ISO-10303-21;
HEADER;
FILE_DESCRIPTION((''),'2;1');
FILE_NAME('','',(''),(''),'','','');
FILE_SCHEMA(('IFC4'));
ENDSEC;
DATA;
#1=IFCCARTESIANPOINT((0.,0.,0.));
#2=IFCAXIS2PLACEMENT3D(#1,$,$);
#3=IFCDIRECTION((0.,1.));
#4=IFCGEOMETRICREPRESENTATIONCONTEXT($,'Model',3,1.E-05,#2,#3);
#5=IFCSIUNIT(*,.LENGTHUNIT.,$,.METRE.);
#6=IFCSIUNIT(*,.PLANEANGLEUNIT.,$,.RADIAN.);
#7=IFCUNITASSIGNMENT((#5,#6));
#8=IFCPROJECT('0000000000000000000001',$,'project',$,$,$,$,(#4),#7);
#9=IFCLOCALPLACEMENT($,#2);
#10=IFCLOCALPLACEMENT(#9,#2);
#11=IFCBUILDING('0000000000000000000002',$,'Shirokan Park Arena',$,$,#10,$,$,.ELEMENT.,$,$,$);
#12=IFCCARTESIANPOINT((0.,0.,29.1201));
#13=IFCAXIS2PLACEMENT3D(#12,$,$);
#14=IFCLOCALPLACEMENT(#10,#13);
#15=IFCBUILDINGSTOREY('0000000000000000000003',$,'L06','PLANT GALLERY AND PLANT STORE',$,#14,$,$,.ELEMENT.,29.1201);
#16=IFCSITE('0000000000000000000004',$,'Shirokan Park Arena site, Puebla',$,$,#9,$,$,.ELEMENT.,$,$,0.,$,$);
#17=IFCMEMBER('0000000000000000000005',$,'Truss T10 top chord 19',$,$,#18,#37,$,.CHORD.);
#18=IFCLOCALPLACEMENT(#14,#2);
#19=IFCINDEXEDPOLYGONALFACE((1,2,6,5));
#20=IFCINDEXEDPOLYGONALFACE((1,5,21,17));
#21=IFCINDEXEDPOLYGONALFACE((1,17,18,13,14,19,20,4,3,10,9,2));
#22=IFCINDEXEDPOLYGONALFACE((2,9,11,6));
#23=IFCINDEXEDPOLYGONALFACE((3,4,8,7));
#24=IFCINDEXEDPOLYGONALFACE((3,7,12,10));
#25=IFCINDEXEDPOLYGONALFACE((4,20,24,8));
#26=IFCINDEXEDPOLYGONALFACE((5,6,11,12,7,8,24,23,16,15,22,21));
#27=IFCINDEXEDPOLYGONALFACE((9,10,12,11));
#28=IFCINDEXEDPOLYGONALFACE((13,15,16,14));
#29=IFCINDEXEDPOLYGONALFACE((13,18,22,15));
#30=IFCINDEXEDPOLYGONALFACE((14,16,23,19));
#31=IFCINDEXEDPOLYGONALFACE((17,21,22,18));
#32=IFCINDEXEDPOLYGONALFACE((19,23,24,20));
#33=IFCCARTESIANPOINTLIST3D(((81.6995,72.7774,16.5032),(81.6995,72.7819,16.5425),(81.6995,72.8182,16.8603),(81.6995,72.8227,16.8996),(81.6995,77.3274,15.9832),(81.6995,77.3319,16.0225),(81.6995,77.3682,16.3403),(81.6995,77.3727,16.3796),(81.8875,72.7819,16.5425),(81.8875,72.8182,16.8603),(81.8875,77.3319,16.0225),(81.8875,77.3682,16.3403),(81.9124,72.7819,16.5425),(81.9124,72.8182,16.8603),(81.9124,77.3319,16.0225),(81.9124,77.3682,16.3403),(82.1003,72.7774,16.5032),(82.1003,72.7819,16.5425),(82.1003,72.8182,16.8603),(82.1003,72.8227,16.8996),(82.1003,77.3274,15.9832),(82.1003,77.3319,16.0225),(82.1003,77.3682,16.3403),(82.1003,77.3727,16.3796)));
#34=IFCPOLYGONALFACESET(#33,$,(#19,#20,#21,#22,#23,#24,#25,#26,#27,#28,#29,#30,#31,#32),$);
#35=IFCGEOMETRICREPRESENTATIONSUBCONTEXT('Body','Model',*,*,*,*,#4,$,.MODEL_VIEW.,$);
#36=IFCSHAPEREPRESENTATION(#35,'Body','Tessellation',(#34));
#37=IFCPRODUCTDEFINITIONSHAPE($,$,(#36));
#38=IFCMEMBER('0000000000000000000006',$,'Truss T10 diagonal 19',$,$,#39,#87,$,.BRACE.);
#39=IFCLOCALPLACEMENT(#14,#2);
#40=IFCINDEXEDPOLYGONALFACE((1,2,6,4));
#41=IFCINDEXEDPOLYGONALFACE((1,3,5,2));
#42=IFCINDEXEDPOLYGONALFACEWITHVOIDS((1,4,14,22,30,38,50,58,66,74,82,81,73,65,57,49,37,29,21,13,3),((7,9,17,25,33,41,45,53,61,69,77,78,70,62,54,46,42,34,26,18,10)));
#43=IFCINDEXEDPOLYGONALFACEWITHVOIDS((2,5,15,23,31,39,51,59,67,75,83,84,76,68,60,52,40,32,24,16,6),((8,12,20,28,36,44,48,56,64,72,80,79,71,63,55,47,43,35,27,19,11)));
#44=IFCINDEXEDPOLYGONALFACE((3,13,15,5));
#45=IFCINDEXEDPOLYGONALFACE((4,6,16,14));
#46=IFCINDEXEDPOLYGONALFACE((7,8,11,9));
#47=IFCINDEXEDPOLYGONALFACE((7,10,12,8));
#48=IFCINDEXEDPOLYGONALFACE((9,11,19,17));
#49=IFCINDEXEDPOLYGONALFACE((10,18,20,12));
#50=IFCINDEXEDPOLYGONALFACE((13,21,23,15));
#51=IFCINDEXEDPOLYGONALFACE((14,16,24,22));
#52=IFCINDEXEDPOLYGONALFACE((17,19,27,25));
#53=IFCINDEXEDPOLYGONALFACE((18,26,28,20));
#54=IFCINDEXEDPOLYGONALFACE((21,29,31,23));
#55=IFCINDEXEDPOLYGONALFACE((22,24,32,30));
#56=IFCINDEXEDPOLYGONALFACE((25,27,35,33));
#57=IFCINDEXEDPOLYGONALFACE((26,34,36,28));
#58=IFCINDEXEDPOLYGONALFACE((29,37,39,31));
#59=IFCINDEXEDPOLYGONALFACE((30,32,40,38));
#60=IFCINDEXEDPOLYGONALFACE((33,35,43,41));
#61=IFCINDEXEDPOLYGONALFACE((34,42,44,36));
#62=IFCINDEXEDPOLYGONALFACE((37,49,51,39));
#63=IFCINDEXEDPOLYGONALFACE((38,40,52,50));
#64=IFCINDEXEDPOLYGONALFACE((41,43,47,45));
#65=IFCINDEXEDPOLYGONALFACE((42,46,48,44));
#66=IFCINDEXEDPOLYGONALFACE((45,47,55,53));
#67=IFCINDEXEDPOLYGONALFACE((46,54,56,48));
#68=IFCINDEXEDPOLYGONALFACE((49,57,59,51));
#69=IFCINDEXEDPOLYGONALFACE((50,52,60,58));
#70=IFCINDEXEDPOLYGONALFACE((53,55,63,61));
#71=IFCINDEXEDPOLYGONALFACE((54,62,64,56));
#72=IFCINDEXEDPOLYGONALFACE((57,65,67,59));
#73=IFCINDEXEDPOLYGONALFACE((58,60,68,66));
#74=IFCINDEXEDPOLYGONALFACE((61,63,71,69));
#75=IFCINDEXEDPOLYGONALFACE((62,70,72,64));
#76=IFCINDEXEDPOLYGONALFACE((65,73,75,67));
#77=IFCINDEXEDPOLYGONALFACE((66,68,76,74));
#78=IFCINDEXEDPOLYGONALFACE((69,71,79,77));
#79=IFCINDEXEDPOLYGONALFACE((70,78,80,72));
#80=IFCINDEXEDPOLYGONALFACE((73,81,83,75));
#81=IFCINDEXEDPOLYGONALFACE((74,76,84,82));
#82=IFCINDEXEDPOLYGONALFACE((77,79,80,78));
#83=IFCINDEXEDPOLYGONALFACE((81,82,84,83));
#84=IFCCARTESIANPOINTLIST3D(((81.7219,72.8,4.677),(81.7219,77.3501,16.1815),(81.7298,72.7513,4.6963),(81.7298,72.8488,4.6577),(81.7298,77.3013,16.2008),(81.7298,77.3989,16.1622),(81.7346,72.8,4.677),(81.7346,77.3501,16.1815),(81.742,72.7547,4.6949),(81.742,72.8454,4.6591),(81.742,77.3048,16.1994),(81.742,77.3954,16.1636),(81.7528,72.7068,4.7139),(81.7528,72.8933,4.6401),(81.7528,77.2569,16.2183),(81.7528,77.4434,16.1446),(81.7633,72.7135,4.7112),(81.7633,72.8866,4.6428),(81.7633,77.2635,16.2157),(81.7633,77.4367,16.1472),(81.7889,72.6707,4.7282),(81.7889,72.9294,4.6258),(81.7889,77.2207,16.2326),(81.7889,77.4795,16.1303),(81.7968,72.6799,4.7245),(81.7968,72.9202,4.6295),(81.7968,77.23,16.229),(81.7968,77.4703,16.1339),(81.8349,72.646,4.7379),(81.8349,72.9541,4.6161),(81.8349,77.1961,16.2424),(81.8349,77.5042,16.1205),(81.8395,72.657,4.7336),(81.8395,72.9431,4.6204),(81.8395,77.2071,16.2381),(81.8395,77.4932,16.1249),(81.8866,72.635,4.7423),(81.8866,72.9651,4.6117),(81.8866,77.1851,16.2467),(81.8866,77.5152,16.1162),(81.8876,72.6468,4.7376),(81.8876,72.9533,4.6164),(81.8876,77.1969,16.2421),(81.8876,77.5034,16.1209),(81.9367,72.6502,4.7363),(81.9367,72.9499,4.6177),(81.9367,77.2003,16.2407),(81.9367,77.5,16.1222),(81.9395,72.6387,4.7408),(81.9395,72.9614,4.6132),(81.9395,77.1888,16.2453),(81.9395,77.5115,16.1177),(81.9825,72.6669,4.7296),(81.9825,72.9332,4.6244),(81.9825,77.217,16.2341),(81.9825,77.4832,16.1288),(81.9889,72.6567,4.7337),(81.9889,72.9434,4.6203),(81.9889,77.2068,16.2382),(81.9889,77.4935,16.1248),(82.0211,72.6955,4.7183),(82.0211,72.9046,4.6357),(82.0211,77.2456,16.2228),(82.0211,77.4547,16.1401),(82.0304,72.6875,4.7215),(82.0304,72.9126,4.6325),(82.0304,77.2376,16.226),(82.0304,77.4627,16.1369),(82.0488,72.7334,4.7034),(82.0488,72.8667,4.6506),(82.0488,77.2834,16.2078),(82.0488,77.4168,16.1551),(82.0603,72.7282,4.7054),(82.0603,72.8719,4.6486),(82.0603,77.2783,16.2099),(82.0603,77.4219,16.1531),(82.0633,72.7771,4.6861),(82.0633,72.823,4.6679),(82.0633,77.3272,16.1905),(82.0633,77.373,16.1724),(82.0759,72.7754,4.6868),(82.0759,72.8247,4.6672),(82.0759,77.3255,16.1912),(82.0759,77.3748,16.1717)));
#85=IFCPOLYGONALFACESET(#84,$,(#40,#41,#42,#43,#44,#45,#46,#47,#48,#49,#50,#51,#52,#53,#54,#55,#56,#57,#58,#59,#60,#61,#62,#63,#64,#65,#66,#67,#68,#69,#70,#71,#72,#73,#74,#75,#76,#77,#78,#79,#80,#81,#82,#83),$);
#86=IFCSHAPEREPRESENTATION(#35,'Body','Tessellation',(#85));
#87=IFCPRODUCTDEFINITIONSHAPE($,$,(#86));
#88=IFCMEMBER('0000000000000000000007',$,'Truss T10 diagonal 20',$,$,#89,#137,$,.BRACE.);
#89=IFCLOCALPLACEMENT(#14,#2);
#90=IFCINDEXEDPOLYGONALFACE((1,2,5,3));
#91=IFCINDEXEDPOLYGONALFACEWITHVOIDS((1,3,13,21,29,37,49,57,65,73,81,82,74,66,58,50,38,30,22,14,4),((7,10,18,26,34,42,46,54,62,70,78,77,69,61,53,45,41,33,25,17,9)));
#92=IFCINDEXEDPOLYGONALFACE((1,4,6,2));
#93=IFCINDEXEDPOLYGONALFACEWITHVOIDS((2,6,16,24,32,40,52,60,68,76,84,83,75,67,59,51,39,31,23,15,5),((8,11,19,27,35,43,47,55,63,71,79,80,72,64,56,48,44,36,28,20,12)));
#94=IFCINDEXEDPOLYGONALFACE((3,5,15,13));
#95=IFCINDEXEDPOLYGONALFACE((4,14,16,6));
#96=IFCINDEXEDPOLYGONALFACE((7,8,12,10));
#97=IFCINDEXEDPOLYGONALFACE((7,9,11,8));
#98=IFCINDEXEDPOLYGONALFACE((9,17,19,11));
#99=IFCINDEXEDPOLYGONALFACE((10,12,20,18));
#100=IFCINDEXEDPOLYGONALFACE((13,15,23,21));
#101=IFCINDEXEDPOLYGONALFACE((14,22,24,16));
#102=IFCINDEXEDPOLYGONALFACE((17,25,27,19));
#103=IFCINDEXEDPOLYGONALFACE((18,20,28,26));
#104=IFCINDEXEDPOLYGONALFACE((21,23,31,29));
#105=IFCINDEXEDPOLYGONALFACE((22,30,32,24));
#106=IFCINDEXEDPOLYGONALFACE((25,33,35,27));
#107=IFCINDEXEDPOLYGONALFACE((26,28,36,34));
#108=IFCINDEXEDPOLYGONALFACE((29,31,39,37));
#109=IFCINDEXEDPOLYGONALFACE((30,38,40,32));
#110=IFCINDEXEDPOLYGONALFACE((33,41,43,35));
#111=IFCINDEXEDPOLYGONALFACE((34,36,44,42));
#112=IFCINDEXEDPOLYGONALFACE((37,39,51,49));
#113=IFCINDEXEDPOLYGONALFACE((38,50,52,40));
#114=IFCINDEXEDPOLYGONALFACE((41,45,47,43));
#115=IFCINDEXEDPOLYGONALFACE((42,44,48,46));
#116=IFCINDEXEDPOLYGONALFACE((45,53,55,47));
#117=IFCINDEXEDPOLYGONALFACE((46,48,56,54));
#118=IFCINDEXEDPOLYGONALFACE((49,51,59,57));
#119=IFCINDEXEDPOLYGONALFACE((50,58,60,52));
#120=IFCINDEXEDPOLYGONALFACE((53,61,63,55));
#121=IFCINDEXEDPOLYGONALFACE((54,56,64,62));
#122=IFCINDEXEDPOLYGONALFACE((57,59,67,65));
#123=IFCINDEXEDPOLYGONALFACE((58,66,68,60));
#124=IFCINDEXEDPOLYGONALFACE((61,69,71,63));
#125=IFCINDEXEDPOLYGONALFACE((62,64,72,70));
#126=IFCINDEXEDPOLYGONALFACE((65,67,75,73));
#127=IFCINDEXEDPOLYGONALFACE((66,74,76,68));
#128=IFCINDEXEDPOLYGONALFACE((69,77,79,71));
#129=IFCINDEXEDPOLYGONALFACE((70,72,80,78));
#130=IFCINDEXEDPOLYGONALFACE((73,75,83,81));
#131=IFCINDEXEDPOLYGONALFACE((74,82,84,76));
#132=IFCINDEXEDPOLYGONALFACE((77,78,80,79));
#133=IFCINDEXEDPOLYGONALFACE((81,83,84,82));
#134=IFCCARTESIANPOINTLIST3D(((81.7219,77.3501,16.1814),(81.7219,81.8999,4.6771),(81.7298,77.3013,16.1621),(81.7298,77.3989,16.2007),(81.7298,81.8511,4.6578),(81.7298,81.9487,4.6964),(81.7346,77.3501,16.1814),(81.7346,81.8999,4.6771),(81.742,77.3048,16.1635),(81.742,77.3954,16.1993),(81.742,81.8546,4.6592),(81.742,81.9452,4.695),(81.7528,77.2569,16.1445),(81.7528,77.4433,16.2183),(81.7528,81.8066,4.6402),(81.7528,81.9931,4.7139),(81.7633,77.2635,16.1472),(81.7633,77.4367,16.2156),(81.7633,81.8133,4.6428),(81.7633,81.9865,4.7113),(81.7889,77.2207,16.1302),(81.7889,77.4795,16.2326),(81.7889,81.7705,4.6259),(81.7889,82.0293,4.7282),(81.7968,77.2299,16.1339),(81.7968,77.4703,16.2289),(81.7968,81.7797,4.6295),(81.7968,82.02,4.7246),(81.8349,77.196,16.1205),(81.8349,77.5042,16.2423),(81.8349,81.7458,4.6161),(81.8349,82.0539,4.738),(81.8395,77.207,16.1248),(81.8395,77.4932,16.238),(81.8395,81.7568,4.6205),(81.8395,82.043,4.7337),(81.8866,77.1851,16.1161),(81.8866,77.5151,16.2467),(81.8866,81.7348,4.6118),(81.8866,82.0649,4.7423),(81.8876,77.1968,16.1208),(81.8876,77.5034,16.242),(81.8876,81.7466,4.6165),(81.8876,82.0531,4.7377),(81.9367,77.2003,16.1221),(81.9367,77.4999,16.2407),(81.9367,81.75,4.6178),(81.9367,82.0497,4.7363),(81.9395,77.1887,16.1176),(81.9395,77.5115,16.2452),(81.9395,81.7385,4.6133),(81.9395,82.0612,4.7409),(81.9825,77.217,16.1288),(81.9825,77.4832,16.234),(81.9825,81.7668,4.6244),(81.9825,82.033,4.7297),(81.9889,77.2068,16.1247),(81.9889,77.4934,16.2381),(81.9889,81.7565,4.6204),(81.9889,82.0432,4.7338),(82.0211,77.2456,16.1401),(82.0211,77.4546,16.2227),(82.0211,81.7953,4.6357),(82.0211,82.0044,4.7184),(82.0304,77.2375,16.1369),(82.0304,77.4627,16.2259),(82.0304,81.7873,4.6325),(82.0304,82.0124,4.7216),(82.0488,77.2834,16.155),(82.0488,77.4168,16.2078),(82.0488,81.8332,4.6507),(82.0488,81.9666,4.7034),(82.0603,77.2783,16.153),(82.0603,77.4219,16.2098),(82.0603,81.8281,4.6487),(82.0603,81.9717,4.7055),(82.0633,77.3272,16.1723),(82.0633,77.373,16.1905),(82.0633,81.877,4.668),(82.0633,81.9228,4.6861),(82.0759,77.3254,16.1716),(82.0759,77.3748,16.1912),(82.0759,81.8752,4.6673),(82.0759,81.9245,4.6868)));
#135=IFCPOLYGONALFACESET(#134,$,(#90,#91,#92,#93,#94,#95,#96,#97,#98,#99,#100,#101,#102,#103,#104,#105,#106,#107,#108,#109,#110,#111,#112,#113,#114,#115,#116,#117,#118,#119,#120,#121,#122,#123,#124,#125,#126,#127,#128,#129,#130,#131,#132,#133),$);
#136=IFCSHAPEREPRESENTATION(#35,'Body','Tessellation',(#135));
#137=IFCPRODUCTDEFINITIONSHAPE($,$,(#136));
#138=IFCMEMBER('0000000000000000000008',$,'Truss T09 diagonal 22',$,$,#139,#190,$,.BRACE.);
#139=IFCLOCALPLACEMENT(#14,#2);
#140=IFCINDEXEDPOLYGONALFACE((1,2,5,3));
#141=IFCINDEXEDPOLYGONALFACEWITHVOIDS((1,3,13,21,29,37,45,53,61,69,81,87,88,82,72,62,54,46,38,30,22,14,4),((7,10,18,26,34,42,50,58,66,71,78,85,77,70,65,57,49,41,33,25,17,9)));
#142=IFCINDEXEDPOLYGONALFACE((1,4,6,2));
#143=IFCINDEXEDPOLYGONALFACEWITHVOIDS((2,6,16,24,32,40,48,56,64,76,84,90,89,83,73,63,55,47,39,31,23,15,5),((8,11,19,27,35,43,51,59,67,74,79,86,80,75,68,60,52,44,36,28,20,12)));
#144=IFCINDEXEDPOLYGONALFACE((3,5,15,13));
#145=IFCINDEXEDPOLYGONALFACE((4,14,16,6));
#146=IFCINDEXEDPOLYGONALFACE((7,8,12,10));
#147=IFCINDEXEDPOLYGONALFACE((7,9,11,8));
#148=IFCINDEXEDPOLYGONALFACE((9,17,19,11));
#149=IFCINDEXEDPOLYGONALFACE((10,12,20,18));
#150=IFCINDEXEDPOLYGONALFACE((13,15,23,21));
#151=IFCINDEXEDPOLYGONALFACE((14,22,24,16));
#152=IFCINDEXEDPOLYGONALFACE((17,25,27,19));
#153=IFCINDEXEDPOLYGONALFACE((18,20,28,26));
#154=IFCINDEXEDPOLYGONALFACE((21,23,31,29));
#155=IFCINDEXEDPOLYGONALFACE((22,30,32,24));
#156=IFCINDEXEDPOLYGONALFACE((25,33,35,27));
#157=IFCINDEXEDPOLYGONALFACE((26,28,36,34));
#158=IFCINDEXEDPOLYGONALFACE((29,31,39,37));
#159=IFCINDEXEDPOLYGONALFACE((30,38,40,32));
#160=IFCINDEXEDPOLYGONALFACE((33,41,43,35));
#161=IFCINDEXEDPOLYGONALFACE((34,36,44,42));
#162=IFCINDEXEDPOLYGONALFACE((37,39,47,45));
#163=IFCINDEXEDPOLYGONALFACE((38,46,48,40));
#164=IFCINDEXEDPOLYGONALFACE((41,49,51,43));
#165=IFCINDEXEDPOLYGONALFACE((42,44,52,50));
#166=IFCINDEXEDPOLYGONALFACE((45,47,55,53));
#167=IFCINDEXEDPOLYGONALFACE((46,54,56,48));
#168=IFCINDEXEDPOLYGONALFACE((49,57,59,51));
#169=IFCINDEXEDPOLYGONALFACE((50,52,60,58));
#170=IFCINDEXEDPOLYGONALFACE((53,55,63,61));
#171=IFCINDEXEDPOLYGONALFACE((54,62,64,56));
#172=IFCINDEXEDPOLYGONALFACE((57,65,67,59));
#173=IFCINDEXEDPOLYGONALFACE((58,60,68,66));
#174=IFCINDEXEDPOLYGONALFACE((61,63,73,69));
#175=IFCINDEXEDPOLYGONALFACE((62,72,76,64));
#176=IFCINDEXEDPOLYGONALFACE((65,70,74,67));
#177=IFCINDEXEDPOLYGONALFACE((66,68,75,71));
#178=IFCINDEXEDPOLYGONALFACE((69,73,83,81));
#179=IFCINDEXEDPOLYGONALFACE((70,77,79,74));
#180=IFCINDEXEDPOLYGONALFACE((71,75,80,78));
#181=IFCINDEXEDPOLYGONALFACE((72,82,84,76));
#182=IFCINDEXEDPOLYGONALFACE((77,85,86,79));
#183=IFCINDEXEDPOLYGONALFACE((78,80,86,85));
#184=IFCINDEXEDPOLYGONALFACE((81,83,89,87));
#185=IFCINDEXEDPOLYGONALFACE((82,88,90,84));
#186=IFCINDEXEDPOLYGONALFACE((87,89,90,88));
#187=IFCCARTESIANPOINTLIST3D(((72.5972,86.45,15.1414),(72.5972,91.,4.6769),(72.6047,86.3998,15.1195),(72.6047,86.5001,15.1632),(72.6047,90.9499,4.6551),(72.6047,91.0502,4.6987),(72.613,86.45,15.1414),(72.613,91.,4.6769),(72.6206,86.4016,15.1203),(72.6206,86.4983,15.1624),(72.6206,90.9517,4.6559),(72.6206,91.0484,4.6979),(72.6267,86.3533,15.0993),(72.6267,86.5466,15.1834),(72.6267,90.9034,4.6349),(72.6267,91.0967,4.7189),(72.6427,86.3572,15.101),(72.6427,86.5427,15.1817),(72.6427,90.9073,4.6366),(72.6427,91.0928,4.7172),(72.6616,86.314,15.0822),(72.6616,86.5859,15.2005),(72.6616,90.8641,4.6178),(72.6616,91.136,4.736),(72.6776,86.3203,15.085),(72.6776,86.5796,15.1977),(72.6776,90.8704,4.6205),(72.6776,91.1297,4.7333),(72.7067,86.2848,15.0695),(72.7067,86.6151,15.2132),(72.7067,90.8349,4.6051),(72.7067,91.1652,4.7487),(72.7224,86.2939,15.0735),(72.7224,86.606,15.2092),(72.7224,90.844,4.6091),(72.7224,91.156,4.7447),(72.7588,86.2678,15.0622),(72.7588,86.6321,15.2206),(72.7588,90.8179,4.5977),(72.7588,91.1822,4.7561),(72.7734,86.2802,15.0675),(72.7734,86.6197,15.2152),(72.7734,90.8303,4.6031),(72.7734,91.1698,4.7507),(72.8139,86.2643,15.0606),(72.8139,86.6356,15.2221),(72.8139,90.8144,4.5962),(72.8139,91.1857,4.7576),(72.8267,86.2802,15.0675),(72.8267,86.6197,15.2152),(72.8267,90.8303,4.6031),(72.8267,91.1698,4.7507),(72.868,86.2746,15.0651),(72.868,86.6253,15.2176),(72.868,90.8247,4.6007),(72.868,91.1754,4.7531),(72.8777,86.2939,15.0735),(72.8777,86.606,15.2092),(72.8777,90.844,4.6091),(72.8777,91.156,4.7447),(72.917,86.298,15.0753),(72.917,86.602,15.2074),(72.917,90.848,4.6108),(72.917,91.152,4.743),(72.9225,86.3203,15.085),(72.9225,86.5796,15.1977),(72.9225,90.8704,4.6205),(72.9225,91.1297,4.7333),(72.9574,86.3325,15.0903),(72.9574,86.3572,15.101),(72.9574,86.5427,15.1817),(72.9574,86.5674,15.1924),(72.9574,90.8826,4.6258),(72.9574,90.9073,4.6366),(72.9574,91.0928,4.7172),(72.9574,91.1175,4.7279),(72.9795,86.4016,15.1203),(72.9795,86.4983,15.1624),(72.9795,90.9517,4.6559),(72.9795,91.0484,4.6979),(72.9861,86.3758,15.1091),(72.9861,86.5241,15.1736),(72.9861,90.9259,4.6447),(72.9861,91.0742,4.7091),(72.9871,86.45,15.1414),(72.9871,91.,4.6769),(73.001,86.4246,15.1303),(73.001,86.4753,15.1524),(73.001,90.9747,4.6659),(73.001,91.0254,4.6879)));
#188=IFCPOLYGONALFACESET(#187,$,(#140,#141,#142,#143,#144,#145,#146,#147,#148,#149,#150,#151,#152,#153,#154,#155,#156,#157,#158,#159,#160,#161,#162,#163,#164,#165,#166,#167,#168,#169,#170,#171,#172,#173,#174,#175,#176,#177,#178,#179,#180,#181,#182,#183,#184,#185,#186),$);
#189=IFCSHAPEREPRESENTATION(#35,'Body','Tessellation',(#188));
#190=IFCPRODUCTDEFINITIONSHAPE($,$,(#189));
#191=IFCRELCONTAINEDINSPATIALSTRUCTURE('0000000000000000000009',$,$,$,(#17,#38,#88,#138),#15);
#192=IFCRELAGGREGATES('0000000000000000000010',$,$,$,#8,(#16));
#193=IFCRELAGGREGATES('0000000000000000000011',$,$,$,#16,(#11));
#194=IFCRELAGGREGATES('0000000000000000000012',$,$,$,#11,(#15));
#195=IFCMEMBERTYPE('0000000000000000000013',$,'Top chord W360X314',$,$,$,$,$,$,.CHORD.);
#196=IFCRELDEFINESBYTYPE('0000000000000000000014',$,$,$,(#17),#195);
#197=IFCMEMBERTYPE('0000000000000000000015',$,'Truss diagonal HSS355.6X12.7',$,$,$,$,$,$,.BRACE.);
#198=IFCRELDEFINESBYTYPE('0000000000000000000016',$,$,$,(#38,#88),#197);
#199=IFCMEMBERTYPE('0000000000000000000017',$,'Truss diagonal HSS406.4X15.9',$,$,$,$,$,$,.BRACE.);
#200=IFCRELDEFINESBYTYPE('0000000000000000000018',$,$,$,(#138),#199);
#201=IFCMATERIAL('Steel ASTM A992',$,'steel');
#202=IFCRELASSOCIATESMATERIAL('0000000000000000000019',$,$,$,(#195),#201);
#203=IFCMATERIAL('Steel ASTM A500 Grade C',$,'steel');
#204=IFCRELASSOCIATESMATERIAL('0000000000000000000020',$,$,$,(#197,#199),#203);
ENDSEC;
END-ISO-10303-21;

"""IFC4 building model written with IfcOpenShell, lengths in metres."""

from ifc_helpers import new_model, si_unit, direction, frame, origin, origin_2d, place, context, subcontext, project, spatial, hollow_circle, i_section, extrude, material, material_profile, profile_set, type_object, element, save


model = new_model("IFC4")

# Units and contexts
model_context = context("Model", 3, precision=1e-05, world=origin(), true_north=direction((0.0, 1.0)))
body_context = subcontext(model_context, "Body", "Model", "MODEL_VIEW")
ifc_project = project(units=[si_unit("LENGTHUNIT", "METRE"), si_unit("PLANEANGLEUNIT", "RADIAN")], contexts=[model_context])

# Site, building, storey
site_placement = place(None, origin())
site = spatial("IfcSite", under=ifc_project, at=site_placement, Name="Shirokan Park Arena site, Puebla", CompositionType="ELEMENT", RefElevation=0.0)
building_placement = place(site_placement, origin())
building = spatial("IfcBuilding", under=site, at=building_placement, Name="Shirokan Park Arena", CompositionType="ELEMENT")
storey_placement = place(building_placement, frame((0.0, 0.0, 29.1201)))
storey = spatial("IfcBuildingStorey", under=building, at=storey_placement, Name="L06", Description="PLANT GALLERY AND PLANT STORE", CompositionType="ELEMENT", Elevation=29.1201)

# Members
ifc_material_1 = material(Name="Steel ASTM A500 Grade C", Category="steel")
ifc_material_2 = material(Name="Steel ASTM A992", Category="steel")
ifc_material_profile_1 = material_profile(ifc_material_2, i_section(OverallWidth=0.4009, OverallDepth=0.3989, WebThickness=0.0249, FlangeThickness=0.0396, at=origin_2d()), Name="W360X314")
ifc_profile_set_1 = profile_set([ifc_material_profile_1], Name="Steel ASTM A992")
member_type_1 = type_object("IfcMemberType", Name="Top chord W360X314", PredefinedType="CHORD", material=ifc_profile_set_1)
member_1_placement = place(storey_placement, frame((81.8999, 72.8, 16.7014), z_axis=(0.0, 0.993532, -0.11355), x_axis=(-1.0, 0.0, 0.0)))
element("IfcMember", 1, at=member_1_placement, inside=storey, type_object=member_type_1, Name="Truss T10 top chord 19", PredefinedType="CHORD", context=body_context, shape_type="SweptSolid", body=[
    extrude(i_section(OverallWidth=0.4009, OverallDepth=0.3989, WebThickness=0.0249, FlangeThickness=0.0396, at=origin_2d()), origin(), (0.0, 0.0, 1.0), 4.5796),
])
ifc_material_profile_2 = material_profile(ifc_material_1, hollow_circle(Radius=0.178, WallThickness=0.0127, at=origin_2d()), Name="HSS355.6X12.7")
ifc_profile_set_2 = profile_set([ifc_material_profile_2], Name="Steel ASTM A500 Grade C")
member_type_2 = type_object("IfcMemberType", Name="Truss diagonal HSS355.6X12.7", PredefinedType="BRACE", material=ifc_profile_set_2)
member_2_placement = place(storey_placement, frame((81.8999, 72.8, 4.677), z_axis=(0.0, 0.367785, 0.929911), x_axis=(-1.0, 0.0, 0.0)))
element("IfcMember", 2, at=member_2_placement, inside=storey, type_object=member_type_2, Name="Truss T10 diagonal 19", PredefinedType="BRACE", context=body_context, shape_type="SweptSolid", body=[
    extrude(hollow_circle(Radius=0.178, WallThickness=0.0127, at=origin_2d()), origin(), (0.0, 0.0, 1.0), 12.3716),
])
member_3_placement = place(storey_placement, frame((81.8999, 77.3501, 16.1814), z_axis=(0.0, 0.367768, -0.929918), x_axis=(-1.0, 0.0, 0.0)))
element("IfcMember", 3, at=member_3_placement, inside=storey, type_object=member_type_2, Name="Truss T10 diagonal 20", PredefinedType="BRACE", context=body_context, shape_type="SweptSolid", body=[
    extrude(hollow_circle(Radius=0.178, WallThickness=0.0127, at=origin_2d()), origin(), (0.0, 0.0, 1.0), 12.3713),
])
ifc_material_profile_3 = material_profile(ifc_material_1, hollow_circle(Radius=0.2029, WallThickness=0.0159, at=origin_2d()), Name="HSS406.4X15.9")
ifc_profile_set_3 = profile_set([ifc_material_profile_3], Name="Steel ASTM A500 Grade C")
member_type_3 = type_object("IfcMemberType", Name="Truss diagonal HSS406.4X15.9", PredefinedType="BRACE", material=ifc_profile_set_3)
member_4_placement = place(storey_placement, frame((72.8, 86.45, 15.1414), z_axis=(0.0, 0.39875, -0.91706), x_axis=(-1.0, 0.0, 0.0)))
element("IfcMember", 4, at=member_4_placement, inside=storey, type_object=member_type_3, Name="Truss T09 diagonal 22", PredefinedType="BRACE", context=body_context, shape_type="SweptSolid", body=[
    extrude(hollow_circle(Radius=0.2029, WallThickness=0.0159, at=origin_2d()), origin(), (0.0, 0.0, 1.0), 11.4109),
])

save(model, "model.ifc")
